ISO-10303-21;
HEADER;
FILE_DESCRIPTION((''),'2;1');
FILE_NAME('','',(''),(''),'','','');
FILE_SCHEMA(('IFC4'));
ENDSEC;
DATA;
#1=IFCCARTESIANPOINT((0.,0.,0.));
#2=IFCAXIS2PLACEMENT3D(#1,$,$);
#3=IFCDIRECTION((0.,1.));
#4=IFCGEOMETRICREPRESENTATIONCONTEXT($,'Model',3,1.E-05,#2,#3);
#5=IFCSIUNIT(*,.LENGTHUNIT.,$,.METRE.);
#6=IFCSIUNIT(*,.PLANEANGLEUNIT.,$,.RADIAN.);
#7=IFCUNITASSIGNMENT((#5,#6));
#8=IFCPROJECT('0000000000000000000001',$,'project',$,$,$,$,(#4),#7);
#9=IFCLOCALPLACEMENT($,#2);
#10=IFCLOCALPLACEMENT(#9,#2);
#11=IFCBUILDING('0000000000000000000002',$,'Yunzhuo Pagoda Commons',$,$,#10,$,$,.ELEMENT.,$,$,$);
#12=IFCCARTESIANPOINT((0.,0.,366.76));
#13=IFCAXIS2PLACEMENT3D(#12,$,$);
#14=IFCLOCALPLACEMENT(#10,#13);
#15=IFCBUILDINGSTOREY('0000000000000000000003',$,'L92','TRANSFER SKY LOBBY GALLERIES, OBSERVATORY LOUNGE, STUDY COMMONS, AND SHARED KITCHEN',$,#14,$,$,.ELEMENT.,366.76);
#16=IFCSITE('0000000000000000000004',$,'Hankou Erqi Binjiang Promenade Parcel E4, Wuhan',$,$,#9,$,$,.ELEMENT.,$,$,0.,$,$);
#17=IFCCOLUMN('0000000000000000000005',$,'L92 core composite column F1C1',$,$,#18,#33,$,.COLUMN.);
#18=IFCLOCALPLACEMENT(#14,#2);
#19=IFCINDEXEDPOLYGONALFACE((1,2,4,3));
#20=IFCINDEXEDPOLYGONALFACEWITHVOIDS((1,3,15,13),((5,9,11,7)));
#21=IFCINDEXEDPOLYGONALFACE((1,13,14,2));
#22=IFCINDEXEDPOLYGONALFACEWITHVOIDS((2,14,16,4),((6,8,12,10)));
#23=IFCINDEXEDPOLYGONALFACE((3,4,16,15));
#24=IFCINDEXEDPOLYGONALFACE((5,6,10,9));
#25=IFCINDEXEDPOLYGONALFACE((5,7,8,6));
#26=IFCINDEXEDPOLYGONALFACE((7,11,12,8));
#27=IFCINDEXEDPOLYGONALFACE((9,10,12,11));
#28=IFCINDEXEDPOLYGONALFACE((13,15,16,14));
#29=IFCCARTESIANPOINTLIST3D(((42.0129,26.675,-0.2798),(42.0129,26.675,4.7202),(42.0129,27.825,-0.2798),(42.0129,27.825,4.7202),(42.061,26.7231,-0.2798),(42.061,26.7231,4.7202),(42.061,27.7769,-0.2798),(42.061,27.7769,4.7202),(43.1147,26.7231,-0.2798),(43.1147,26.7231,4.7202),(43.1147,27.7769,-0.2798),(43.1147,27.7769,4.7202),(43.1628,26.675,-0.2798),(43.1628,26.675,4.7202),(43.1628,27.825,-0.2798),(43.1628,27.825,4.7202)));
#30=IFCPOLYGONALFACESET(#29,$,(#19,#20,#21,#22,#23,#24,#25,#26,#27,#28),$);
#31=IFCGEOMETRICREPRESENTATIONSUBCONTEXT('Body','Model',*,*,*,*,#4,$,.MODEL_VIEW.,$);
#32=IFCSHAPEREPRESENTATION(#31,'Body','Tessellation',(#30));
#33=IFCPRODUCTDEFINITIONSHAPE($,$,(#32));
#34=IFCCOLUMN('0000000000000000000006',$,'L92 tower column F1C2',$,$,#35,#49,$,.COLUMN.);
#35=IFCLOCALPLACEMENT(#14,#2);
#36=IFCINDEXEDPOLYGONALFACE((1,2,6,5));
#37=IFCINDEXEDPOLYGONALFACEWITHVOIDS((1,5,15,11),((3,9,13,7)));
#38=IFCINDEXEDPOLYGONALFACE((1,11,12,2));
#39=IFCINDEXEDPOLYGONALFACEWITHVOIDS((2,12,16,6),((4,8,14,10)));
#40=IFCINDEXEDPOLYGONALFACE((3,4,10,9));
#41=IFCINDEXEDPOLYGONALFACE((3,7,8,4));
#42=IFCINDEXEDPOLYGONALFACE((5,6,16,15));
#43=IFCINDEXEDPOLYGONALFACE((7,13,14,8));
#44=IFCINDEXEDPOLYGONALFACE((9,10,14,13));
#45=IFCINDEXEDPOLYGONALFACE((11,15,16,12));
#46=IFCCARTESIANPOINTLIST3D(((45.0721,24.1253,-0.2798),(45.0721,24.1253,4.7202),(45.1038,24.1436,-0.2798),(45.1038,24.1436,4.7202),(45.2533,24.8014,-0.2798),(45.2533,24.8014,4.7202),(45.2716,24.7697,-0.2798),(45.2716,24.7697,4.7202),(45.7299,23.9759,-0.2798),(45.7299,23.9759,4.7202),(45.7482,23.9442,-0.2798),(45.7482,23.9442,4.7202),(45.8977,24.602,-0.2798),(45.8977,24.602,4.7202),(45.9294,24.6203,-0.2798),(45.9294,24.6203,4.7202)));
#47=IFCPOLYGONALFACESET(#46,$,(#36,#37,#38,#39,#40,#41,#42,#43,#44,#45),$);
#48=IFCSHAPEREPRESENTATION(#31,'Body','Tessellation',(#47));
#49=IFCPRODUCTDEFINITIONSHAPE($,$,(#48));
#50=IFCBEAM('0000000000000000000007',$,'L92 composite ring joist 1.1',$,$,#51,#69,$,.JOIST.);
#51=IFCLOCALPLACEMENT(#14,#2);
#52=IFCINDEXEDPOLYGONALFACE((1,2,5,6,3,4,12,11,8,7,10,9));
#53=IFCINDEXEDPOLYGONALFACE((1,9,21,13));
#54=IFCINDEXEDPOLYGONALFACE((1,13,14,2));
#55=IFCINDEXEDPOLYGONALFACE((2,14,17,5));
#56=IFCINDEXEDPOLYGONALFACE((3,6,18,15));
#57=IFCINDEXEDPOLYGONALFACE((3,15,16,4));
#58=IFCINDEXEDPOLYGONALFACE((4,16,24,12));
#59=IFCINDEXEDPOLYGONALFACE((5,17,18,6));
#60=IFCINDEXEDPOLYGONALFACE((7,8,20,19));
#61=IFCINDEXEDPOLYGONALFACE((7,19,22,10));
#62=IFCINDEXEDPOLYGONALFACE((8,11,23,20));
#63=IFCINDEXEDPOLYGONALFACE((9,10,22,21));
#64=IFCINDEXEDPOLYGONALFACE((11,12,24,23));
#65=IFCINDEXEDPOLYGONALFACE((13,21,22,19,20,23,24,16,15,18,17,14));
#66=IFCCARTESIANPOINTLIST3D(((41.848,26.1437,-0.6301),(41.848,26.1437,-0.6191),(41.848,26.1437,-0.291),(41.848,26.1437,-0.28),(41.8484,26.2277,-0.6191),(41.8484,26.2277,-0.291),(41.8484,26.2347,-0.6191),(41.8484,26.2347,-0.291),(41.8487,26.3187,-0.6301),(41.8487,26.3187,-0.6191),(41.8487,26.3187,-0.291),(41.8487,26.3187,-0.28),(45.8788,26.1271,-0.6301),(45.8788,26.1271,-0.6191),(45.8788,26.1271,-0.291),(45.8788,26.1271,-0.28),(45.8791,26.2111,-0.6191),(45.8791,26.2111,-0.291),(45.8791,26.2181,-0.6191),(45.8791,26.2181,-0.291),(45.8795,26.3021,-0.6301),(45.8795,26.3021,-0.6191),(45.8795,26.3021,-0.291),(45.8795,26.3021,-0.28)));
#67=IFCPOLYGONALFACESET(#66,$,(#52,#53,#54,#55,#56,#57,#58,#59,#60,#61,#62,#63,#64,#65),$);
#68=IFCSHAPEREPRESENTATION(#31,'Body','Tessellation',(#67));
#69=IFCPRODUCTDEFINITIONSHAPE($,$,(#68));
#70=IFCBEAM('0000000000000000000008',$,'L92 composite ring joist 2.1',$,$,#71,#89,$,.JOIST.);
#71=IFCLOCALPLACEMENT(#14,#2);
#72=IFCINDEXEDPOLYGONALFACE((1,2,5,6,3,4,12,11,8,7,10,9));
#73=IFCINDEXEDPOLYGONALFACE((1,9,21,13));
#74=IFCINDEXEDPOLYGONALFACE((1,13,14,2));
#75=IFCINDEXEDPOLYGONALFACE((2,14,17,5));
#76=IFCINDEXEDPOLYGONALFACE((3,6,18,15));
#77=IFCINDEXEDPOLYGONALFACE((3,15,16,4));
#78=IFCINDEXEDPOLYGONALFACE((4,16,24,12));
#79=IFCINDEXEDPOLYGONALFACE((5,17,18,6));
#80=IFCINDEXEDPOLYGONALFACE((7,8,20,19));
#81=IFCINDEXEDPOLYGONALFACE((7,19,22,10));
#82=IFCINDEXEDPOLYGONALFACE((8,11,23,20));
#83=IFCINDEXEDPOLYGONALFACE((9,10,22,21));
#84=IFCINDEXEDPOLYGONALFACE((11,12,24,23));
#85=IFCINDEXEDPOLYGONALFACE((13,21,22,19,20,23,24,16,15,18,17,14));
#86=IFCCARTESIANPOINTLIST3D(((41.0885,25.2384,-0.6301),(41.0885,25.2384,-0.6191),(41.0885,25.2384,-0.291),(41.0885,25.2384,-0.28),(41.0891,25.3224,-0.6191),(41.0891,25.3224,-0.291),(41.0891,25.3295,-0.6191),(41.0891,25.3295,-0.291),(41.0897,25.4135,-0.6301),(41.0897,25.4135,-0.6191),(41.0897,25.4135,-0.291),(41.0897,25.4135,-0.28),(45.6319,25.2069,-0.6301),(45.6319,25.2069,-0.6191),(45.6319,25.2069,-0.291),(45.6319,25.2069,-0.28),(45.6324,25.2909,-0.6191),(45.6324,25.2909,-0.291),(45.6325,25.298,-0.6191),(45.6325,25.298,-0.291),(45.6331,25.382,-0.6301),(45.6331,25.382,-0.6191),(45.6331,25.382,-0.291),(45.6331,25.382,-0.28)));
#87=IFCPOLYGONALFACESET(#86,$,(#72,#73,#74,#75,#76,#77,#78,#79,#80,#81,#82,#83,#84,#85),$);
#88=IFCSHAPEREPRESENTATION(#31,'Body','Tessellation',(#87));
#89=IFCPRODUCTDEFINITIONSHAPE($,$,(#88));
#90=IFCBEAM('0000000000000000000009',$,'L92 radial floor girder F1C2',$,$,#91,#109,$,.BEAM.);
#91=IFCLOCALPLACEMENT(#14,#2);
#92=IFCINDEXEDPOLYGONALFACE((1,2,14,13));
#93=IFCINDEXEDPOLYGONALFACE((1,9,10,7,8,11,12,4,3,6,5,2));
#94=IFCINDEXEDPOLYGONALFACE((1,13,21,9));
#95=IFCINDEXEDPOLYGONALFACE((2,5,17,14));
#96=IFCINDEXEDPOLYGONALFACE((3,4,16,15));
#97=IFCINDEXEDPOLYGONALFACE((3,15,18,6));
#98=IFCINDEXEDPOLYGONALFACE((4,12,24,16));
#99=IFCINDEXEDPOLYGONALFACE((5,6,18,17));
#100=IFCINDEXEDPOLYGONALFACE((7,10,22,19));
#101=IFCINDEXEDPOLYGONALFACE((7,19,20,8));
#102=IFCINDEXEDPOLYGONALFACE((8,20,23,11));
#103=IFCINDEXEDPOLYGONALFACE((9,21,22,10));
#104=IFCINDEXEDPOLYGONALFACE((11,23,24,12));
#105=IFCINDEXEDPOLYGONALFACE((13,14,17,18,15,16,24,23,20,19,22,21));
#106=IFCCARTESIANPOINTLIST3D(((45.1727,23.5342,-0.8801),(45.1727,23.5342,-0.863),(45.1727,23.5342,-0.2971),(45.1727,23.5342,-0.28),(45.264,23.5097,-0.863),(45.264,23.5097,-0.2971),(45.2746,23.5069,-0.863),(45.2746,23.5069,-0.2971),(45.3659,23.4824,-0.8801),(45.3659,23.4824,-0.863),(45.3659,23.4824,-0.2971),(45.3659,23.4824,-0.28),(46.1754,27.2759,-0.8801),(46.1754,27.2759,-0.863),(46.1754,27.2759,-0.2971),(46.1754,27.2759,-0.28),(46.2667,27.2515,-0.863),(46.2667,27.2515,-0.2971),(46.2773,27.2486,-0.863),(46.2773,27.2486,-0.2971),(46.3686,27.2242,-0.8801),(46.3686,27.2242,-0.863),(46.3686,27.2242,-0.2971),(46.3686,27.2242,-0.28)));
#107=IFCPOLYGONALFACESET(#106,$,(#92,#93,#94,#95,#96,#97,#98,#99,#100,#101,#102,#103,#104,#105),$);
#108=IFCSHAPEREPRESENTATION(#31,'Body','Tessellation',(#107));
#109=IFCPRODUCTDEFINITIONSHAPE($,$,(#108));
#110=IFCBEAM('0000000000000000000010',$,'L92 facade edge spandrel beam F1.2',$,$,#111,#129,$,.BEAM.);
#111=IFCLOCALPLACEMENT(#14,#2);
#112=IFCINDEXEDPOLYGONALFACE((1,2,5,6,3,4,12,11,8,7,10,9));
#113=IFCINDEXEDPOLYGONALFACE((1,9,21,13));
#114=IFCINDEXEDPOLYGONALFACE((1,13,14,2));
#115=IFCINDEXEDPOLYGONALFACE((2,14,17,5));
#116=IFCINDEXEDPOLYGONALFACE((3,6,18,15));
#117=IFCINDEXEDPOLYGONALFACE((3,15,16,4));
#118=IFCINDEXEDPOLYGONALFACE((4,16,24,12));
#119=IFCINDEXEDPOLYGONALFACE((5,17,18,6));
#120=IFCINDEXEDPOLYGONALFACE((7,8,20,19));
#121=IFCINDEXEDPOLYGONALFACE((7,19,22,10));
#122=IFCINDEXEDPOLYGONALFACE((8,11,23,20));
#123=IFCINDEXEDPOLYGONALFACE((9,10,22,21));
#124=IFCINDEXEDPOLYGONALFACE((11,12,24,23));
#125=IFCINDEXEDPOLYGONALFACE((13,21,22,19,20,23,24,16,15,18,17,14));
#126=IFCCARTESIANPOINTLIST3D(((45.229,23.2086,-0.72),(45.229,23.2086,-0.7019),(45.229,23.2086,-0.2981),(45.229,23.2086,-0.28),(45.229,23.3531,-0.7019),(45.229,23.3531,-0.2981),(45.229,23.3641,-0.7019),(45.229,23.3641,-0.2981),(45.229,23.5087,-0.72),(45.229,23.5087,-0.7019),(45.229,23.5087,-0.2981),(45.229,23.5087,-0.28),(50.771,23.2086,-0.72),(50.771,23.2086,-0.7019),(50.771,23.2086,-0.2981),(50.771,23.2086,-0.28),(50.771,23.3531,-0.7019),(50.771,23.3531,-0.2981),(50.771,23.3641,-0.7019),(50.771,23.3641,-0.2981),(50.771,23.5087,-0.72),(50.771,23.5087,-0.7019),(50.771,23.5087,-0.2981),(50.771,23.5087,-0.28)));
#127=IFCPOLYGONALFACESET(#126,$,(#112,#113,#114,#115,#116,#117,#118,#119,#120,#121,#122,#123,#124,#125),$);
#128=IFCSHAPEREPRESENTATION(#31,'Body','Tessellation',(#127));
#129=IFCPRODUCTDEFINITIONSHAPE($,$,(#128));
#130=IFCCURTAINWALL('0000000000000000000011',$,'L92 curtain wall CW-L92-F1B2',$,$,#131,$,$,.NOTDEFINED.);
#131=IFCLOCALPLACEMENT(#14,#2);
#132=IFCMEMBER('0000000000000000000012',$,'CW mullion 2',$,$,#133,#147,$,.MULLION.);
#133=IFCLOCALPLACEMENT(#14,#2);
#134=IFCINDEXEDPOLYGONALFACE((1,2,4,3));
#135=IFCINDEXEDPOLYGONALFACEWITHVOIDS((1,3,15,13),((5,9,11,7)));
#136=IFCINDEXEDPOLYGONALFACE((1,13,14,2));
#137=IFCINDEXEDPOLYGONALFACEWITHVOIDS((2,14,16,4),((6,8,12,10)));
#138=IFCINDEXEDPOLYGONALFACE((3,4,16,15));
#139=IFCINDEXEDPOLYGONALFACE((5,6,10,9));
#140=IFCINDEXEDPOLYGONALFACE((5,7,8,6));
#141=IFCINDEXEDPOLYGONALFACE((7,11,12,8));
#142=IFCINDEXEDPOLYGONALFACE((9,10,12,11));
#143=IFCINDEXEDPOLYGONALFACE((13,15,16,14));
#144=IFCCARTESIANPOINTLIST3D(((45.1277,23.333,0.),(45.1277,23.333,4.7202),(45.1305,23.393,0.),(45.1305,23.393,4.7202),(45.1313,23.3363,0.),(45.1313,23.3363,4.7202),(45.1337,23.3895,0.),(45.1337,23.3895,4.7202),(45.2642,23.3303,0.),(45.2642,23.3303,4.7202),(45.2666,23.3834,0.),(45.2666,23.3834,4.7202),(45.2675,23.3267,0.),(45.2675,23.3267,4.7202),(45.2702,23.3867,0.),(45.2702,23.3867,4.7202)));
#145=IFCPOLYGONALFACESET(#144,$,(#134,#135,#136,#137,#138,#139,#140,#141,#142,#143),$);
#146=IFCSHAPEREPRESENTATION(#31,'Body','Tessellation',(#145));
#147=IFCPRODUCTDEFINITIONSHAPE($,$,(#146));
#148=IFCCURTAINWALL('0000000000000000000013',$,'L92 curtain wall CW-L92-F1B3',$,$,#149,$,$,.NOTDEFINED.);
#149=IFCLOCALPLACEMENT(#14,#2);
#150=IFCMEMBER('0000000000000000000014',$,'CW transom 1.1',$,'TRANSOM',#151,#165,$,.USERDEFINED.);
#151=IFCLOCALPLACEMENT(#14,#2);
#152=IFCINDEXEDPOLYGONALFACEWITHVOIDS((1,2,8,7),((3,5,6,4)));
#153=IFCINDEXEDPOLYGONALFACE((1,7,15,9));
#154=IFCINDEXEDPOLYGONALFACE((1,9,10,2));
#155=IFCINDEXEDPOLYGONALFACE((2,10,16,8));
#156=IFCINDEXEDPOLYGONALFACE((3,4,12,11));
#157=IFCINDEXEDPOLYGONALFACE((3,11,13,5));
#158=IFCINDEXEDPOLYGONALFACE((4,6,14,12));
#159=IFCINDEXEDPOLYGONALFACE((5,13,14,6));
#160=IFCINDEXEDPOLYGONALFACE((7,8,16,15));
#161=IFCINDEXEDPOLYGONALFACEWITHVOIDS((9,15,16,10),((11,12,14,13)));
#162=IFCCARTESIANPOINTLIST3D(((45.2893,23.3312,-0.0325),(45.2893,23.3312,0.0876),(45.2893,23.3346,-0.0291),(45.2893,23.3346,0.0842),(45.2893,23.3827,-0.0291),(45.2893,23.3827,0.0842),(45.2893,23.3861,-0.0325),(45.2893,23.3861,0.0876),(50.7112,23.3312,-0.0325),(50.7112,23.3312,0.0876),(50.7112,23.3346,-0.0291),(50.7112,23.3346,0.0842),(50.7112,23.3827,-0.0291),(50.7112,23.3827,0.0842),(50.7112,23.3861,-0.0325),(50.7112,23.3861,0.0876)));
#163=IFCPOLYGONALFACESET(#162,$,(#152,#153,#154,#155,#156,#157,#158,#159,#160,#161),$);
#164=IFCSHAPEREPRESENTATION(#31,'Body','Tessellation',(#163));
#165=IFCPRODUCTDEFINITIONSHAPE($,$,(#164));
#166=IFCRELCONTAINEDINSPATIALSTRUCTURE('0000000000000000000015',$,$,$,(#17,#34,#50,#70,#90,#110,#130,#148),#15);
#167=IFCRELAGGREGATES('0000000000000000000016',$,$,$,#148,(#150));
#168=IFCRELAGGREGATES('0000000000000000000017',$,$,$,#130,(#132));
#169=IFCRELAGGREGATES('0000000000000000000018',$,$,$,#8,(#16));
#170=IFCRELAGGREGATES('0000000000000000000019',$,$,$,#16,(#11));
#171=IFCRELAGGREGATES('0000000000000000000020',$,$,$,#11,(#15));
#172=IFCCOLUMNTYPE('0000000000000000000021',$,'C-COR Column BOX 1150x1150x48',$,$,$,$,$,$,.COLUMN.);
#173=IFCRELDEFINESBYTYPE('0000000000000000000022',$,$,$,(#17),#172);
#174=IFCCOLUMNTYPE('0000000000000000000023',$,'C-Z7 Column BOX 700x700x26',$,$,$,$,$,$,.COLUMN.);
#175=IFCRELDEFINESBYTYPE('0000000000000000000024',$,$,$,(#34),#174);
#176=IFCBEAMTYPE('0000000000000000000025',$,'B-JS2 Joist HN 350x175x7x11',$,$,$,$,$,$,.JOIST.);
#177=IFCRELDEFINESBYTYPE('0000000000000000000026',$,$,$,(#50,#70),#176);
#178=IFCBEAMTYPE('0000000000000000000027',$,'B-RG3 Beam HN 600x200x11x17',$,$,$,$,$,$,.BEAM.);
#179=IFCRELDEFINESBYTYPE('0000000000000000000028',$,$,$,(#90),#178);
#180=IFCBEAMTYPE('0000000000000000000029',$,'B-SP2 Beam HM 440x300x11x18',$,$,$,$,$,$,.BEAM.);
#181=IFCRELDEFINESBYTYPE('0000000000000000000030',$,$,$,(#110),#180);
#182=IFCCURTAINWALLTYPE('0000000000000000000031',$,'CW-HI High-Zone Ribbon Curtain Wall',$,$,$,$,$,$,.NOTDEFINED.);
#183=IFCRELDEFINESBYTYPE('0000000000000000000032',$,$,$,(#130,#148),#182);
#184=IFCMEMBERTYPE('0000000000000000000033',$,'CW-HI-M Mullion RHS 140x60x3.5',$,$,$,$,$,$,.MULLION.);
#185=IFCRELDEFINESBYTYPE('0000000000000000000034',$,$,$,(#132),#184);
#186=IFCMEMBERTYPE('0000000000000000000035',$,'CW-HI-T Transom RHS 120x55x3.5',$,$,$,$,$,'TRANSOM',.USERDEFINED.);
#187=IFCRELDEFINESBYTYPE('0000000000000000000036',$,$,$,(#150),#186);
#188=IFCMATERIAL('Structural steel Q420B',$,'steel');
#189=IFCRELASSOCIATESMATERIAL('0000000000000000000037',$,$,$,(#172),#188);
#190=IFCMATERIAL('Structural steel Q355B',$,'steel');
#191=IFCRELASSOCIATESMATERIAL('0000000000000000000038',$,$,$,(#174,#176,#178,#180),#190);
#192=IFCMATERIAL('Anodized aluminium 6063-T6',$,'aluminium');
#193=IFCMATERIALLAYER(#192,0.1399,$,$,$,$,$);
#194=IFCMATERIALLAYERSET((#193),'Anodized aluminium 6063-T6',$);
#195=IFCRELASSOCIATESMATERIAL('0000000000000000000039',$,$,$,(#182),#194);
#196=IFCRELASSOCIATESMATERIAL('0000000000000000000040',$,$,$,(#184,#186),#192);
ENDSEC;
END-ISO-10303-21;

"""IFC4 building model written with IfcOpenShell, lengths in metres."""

from ifc_helpers import new_model, si_unit, direction, frame, origin, origin_2d, place, context, subcontext, project, spatial, hollow_rectangle, i_section, extrude, source, transform, mapped, material, layer, layer_set, material_profile, profile_set, type_object, element, aggregate, save


model = new_model("IFC4")

# Units and contexts
model_context = context("Model", 3, precision=1e-05, world=origin(), true_north=direction((0.0, 1.0)))
body_context = subcontext(model_context, "Body", "Model", "MODEL_VIEW")
ifc_project = project(units=[si_unit("LENGTHUNIT", "METRE"), si_unit("PLANEANGLEUNIT", "RADIAN")], contexts=[model_context])

# Site, building, storey
site_placement = place(None, origin())
site = spatial("IfcSite", under=ifc_project, at=site_placement, Name="Hankou Erqi Binjiang Promenade Parcel E4, Wuhan", CompositionType="ELEMENT", RefElevation=0.0)
building_placement = place(site_placement, origin())
building = spatial("IfcBuilding", under=site, at=building_placement, Name="Yunzhuo Pagoda Commons", CompositionType="ELEMENT")
storey_placement = place(building_placement, frame((0.0, 0.0, 366.76)))
storey = spatial("IfcBuildingStorey", under=building, at=storey_placement, Name="L92", Description="TRANSFER SKY LOBBY GALLERIES, OBSERVATORY LOUNGE, STUDY COMMONS, AND SHARED KITCHEN", CompositionType="ELEMENT", Elevation=366.76)

# Columns
ifc_material_1 = material(Name="Structural steel Q420B", Category="steel")
ifc_material_profile_1 = material_profile(ifc_material_1, hollow_rectangle(XDim=1.1499, YDim=1.1499, WallThickness=0.0481, at=origin_2d()), Name="Structural steel Q420B")
ifc_profile_set_1 = profile_set([ifc_material_profile_1], Name="Structural steel Q420B")
column_type_1 = type_object("IfcColumnType", Name="C-COR Column BOX 1150x1150x48", PredefinedType="COLUMN", material=ifc_profile_set_1)
shared_shape_1 = source(origin(), body_context, "Body", "SweptSolid", [
    extrude(hollow_rectangle(XDim=1.1499, YDim=1.1499, WallThickness=0.0481, at=origin_2d()), origin(), (0.0, 0.0, 1.0), 5.0),
])
column_1_placement = place(storey_placement, frame((42.5879, 27.25, -0.2798), z_axis=(0.0, 0.0, 1.0), x_axis=(1.0, 0.0, 0.0)))
element("IfcColumn", 1, at=column_1_placement, inside=storey, type_object=column_type_1, Name="L92 core composite column F1C1", PredefinedType="COLUMN", context=body_context, shape_type="MappedRepresentation", body=[
    mapped(shared_shape_1, transform((0.0, 0.0, 0.0), scale=1.0)),
])
ifc_material_2 = material(Name="Structural steel Q355B", Category="steel")
ifc_material_profile_2 = material_profile(ifc_material_2, hollow_rectangle(XDim=0.7, YDim=0.7, WallThickness=0.0259, at=origin_2d()), Name="Structural steel Q355B")
ifc_profile_set_2 = profile_set([ifc_material_profile_2], Name="Structural steel Q355B")
column_type_2 = type_object("IfcColumnType", Name="C-Z7 Column BOX 700x700x26", PredefinedType="COLUMN", material=ifc_profile_set_2)
shared_shape_2 = source(origin(), body_context, "Body", "SweptSolid", [
    extrude(hollow_rectangle(XDim=0.7, YDim=0.7, WallThickness=0.0259, at=origin_2d()), origin(), (0.0, 0.0, 1.0), 5.0),
])
column_2_placement = place(storey_placement, frame((45.5007, 24.3728, -0.2798), z_axis=(0.0, 0.0, 1.0), x_axis=(0.965926, -0.258819, 0.0)))
element("IfcColumn", 2, at=column_2_placement, inside=storey, type_object=column_type_2, Name="L92 tower column F1C2", PredefinedType="COLUMN", context=body_context, shape_type="MappedRepresentation", body=[
    mapped(shared_shape_2, transform((0.0, 0.0, 0.0), scale=1.0)),
])

# Beams
ifc_material_profile_3 = material_profile(ifc_material_2, i_section(OverallWidth=0.175, OverallDepth=0.3501, WebThickness=0.0071, FlangeThickness=0.011, at=origin_2d()), Name="Structural steel Q355B")
ifc_profile_set_3 = profile_set([ifc_material_profile_3], Name="Structural steel Q355B")
beam_type_1 = type_object("IfcBeamType", Name="B-JS2 Joist HN 350x175x7x11", PredefinedType="JOIST", material=ifc_profile_set_3)
shared_shape_3 = source(origin(), body_context, "Body", "SweptSolid", [
    extrude(i_section(OverallWidth=0.175, OverallDepth=0.3501, WebThickness=0.0071, FlangeThickness=0.011, at=origin_2d()), origin(), (0.0, 0.0, 1.0), 4.0308),
])
beam_1_placement = place(storey_placement, frame((41.8484, 26.2312, -0.4551), z_axis=(0.999992, -0.004119, 0.0), x_axis=(0.004119, 0.999992, 0.0)))
element("IfcBeam", 3, at=beam_1_placement, inside=storey, type_object=beam_type_1, Name="L92 composite ring joist 1.1", PredefinedType="JOIST", context=body_context, shape_type="MappedRepresentation", body=[
    mapped(shared_shape_3, transform((0.0, 0.0, 0.0), scale=1.0)),
])
shared_shape_4 = source(origin(), body_context, "Body", "SweptSolid", [
    extrude(i_section(OverallWidth=0.175, OverallDepth=0.3501, WebThickness=0.0071, FlangeThickness=0.011, at=origin_2d()), origin(), (0.0, 0.0, 1.0), 4.5435),
])
beam_2_placement = place(storey_placement, frame((41.0891, 25.3259, -0.4551), z_axis=(0.999976, -0.006932, 0.0), x_axis=(0.006932, 0.999976, 0.0)))
element("IfcBeam", 4, at=beam_2_placement, inside=storey, type_object=beam_type_1, Name="L92 composite ring joist 2.1", PredefinedType="JOIST", context=body_context, shape_type="MappedRepresentation", body=[
    mapped(shared_shape_4, transform((0.0, 0.0, 0.0), scale=1.0)),
])
ifc_material_profile_4 = material_profile(ifc_material_2, i_section(OverallWidth=0.2, OverallDepth=0.6001, WebThickness=0.011, FlangeThickness=0.0171, at=origin_2d()), Name="Structural steel Q355B")
ifc_profile_set_4 = profile_set([ifc_material_profile_4], Name="Structural steel Q355B")
beam_type_2 = type_object("IfcBeamType", Name="B-RG3 Beam HN 600x200x11x17", PredefinedType="BEAM", material=ifc_profile_set_4)
shared_shape_5 = source(origin(), body_context, "Body", "SweptSolid", [
    extrude(i_section(OverallWidth=0.2, OverallDepth=0.6001, WebThickness=0.011, FlangeThickness=0.0171, at=origin_2d()), origin(), (0.0, 0.0, 1.0), 3.8738),
])
beam_3_placement = place(storey_placement, frame((45.2693, 23.5083, -0.5801), z_axis=(0.258843, 0.965919, 0.0), x_axis=(-0.965919, 0.258843, 0.0)))
element("IfcBeam", 5, at=beam_3_placement, inside=storey, type_object=beam_type_2, Name="L92 radial floor girder F1C2", PredefinedType="BEAM", context=body_context, shape_type="MappedRepresentation", body=[
    mapped(shared_shape_5, transform((0.0, 0.0, 0.0), scale=1.0)),
])
ifc_material_profile_5 = material_profile(ifc_material_2, i_section(OverallWidth=0.3, OverallDepth=0.4399, WebThickness=0.011, FlangeThickness=0.0181, at=origin_2d()), Name="Structural steel Q355B")
ifc_profile_set_5 = profile_set([ifc_material_profile_5], Name="Structural steel Q355B")
beam_type_3 = type_object("IfcBeamType", Name="B-SP2 Beam HM 440x300x11x18", PredefinedType="BEAM", material=ifc_profile_set_5)
shared_shape_6 = source(origin(), body_context, "Body", "SweptSolid", [
    extrude(i_section(OverallWidth=0.3, OverallDepth=0.4399, WebThickness=0.011, FlangeThickness=0.0181, at=origin_2d()), origin(), (0.0, 0.0, 1.0), 5.542),
])
beam_4_placement = place(storey_placement, frame((45.229, 23.3586, -0.5), z_axis=(1.0, 0.0, 0.0), x_axis=(0.0, 1.0, 0.0)))
element("IfcBeam", 6, at=beam_4_placement, inside=storey, type_object=beam_type_3, Name="L92 facade edge spandrel beam F1.2", PredefinedType="BEAM", context=body_context, shape_type="MappedRepresentation", body=[
    mapped(shared_shape_6, transform((0.0, 0.0, 0.0), scale=1.0)),
])

# Curtain wall, member
ifc_material_3 = material(Name="Anodized aluminium 6063-T6", Category="aluminium")
ifc_layer_1 = layer(ifc_material_3, 0.1399)
ifc_layer_set_1 = layer_set([ifc_layer_1], Name="Anodized aluminium 6063-T6")
curtain_wall_type = type_object("IfcCurtainWallType", Name="CW-HI High-Zone Ribbon Curtain Wall", PredefinedType="NOTDEFINED", material=ifc_layer_set_1)
curtain_wall_1_placement = place(storey_placement, origin())
curtain_wall_1 = element("IfcCurtainWall", 7, at=curtain_wall_1_placement, inside=storey, type_object=curtain_wall_type, Name="L92 curtain wall CW-L92-F1B2", PredefinedType="NOTDEFINED")
ifc_material_profile_6 = material_profile(ifc_material_3, hollow_rectangle(XDim=0.0601, YDim=0.1399, WallThickness=0.0034, at=origin_2d()), Name="Anodized aluminium 6063-T6")
ifc_profile_set_6 = profile_set([ifc_material_profile_6], Name="Anodized aluminium 6063-T6")
member_type_1 = type_object("IfcMemberType", Name="CW-HI-M Mullion RHS 140x60x3.5", PredefinedType="MULLION", material=ifc_profile_set_6)
shared_shape_7 = source(origin(), body_context, "Body", "SweptSolid", [
    extrude(hollow_rectangle(XDim=0.0601, YDim=0.1399, WallThickness=0.0034, at=origin_2d()), origin(), (0.0, 0.0, 1.0), 4.7202),
])
member_1_placement = place(storey_placement, frame((45.199, 23.3599, 0.0), z_axis=(0.0, 0.0, 1.0), x_axis=(0.045424, 0.998968, 0.0)))
member_1 = element("IfcMember", 8, at=member_1_placement, type_object=member_type_1, Name="CW mullion 2", PredefinedType="MULLION", context=body_context, shape_type="MappedRepresentation", body=[
    mapped(shared_shape_7, transform((0.0, 0.0, 0.0), scale=1.0)),
])

# Curtain wall, member
curtain_wall_2_placement = place(storey_placement, origin())
curtain_wall_2 = element("IfcCurtainWall", 9, at=curtain_wall_2_placement, inside=storey, type_object=curtain_wall_type, Name="L92 curtain wall CW-L92-F1B3", PredefinedType="NOTDEFINED")
ifc_material_profile_7 = material_profile(ifc_material_3, hollow_rectangle(XDim=0.0549, YDim=0.1201, WallThickness=0.0034, at=origin_2d()), Name="Anodized aluminium 6063-T6")
ifc_profile_set_7 = profile_set([ifc_material_profile_7], Name="Anodized aluminium 6063-T6")
member_type_2 = type_object("IfcMemberType", Name="CW-HI-T Transom RHS 120x55x3.5", ElementType="TRANSOM", PredefinedType="USERDEFINED", material=ifc_profile_set_7)
shared_shape_8 = source(origin(), body_context, "Body", "SweptSolid", [
    extrude(hollow_rectangle(XDim=0.0549, YDim=0.1201, WallThickness=0.0034, at=origin_2d()), origin(), (0.0, 0.0, 1.0), 5.4219),
])
member_2_placement = place(storey_placement, frame((45.2893, 23.3586, 0.0276), z_axis=(1.0, 0.0, 0.0), x_axis=(0.0, 1.0, 0.0)))
member_2 = element("IfcMember", 10, at=member_2_placement, type_object=member_type_2, Name="CW transom 1.1", ObjectType="TRANSOM", PredefinedType="USERDEFINED", context=body_context, shape_type="MappedRepresentation", body=[
    mapped(shared_shape_8, transform((0.0, 0.0, 0.0), scale=1.0)),
])
aggregate(curtain_wall_2, [member_2])

aggregate(curtain_wall_1, [member_1])

save(model, "model.ifc")
